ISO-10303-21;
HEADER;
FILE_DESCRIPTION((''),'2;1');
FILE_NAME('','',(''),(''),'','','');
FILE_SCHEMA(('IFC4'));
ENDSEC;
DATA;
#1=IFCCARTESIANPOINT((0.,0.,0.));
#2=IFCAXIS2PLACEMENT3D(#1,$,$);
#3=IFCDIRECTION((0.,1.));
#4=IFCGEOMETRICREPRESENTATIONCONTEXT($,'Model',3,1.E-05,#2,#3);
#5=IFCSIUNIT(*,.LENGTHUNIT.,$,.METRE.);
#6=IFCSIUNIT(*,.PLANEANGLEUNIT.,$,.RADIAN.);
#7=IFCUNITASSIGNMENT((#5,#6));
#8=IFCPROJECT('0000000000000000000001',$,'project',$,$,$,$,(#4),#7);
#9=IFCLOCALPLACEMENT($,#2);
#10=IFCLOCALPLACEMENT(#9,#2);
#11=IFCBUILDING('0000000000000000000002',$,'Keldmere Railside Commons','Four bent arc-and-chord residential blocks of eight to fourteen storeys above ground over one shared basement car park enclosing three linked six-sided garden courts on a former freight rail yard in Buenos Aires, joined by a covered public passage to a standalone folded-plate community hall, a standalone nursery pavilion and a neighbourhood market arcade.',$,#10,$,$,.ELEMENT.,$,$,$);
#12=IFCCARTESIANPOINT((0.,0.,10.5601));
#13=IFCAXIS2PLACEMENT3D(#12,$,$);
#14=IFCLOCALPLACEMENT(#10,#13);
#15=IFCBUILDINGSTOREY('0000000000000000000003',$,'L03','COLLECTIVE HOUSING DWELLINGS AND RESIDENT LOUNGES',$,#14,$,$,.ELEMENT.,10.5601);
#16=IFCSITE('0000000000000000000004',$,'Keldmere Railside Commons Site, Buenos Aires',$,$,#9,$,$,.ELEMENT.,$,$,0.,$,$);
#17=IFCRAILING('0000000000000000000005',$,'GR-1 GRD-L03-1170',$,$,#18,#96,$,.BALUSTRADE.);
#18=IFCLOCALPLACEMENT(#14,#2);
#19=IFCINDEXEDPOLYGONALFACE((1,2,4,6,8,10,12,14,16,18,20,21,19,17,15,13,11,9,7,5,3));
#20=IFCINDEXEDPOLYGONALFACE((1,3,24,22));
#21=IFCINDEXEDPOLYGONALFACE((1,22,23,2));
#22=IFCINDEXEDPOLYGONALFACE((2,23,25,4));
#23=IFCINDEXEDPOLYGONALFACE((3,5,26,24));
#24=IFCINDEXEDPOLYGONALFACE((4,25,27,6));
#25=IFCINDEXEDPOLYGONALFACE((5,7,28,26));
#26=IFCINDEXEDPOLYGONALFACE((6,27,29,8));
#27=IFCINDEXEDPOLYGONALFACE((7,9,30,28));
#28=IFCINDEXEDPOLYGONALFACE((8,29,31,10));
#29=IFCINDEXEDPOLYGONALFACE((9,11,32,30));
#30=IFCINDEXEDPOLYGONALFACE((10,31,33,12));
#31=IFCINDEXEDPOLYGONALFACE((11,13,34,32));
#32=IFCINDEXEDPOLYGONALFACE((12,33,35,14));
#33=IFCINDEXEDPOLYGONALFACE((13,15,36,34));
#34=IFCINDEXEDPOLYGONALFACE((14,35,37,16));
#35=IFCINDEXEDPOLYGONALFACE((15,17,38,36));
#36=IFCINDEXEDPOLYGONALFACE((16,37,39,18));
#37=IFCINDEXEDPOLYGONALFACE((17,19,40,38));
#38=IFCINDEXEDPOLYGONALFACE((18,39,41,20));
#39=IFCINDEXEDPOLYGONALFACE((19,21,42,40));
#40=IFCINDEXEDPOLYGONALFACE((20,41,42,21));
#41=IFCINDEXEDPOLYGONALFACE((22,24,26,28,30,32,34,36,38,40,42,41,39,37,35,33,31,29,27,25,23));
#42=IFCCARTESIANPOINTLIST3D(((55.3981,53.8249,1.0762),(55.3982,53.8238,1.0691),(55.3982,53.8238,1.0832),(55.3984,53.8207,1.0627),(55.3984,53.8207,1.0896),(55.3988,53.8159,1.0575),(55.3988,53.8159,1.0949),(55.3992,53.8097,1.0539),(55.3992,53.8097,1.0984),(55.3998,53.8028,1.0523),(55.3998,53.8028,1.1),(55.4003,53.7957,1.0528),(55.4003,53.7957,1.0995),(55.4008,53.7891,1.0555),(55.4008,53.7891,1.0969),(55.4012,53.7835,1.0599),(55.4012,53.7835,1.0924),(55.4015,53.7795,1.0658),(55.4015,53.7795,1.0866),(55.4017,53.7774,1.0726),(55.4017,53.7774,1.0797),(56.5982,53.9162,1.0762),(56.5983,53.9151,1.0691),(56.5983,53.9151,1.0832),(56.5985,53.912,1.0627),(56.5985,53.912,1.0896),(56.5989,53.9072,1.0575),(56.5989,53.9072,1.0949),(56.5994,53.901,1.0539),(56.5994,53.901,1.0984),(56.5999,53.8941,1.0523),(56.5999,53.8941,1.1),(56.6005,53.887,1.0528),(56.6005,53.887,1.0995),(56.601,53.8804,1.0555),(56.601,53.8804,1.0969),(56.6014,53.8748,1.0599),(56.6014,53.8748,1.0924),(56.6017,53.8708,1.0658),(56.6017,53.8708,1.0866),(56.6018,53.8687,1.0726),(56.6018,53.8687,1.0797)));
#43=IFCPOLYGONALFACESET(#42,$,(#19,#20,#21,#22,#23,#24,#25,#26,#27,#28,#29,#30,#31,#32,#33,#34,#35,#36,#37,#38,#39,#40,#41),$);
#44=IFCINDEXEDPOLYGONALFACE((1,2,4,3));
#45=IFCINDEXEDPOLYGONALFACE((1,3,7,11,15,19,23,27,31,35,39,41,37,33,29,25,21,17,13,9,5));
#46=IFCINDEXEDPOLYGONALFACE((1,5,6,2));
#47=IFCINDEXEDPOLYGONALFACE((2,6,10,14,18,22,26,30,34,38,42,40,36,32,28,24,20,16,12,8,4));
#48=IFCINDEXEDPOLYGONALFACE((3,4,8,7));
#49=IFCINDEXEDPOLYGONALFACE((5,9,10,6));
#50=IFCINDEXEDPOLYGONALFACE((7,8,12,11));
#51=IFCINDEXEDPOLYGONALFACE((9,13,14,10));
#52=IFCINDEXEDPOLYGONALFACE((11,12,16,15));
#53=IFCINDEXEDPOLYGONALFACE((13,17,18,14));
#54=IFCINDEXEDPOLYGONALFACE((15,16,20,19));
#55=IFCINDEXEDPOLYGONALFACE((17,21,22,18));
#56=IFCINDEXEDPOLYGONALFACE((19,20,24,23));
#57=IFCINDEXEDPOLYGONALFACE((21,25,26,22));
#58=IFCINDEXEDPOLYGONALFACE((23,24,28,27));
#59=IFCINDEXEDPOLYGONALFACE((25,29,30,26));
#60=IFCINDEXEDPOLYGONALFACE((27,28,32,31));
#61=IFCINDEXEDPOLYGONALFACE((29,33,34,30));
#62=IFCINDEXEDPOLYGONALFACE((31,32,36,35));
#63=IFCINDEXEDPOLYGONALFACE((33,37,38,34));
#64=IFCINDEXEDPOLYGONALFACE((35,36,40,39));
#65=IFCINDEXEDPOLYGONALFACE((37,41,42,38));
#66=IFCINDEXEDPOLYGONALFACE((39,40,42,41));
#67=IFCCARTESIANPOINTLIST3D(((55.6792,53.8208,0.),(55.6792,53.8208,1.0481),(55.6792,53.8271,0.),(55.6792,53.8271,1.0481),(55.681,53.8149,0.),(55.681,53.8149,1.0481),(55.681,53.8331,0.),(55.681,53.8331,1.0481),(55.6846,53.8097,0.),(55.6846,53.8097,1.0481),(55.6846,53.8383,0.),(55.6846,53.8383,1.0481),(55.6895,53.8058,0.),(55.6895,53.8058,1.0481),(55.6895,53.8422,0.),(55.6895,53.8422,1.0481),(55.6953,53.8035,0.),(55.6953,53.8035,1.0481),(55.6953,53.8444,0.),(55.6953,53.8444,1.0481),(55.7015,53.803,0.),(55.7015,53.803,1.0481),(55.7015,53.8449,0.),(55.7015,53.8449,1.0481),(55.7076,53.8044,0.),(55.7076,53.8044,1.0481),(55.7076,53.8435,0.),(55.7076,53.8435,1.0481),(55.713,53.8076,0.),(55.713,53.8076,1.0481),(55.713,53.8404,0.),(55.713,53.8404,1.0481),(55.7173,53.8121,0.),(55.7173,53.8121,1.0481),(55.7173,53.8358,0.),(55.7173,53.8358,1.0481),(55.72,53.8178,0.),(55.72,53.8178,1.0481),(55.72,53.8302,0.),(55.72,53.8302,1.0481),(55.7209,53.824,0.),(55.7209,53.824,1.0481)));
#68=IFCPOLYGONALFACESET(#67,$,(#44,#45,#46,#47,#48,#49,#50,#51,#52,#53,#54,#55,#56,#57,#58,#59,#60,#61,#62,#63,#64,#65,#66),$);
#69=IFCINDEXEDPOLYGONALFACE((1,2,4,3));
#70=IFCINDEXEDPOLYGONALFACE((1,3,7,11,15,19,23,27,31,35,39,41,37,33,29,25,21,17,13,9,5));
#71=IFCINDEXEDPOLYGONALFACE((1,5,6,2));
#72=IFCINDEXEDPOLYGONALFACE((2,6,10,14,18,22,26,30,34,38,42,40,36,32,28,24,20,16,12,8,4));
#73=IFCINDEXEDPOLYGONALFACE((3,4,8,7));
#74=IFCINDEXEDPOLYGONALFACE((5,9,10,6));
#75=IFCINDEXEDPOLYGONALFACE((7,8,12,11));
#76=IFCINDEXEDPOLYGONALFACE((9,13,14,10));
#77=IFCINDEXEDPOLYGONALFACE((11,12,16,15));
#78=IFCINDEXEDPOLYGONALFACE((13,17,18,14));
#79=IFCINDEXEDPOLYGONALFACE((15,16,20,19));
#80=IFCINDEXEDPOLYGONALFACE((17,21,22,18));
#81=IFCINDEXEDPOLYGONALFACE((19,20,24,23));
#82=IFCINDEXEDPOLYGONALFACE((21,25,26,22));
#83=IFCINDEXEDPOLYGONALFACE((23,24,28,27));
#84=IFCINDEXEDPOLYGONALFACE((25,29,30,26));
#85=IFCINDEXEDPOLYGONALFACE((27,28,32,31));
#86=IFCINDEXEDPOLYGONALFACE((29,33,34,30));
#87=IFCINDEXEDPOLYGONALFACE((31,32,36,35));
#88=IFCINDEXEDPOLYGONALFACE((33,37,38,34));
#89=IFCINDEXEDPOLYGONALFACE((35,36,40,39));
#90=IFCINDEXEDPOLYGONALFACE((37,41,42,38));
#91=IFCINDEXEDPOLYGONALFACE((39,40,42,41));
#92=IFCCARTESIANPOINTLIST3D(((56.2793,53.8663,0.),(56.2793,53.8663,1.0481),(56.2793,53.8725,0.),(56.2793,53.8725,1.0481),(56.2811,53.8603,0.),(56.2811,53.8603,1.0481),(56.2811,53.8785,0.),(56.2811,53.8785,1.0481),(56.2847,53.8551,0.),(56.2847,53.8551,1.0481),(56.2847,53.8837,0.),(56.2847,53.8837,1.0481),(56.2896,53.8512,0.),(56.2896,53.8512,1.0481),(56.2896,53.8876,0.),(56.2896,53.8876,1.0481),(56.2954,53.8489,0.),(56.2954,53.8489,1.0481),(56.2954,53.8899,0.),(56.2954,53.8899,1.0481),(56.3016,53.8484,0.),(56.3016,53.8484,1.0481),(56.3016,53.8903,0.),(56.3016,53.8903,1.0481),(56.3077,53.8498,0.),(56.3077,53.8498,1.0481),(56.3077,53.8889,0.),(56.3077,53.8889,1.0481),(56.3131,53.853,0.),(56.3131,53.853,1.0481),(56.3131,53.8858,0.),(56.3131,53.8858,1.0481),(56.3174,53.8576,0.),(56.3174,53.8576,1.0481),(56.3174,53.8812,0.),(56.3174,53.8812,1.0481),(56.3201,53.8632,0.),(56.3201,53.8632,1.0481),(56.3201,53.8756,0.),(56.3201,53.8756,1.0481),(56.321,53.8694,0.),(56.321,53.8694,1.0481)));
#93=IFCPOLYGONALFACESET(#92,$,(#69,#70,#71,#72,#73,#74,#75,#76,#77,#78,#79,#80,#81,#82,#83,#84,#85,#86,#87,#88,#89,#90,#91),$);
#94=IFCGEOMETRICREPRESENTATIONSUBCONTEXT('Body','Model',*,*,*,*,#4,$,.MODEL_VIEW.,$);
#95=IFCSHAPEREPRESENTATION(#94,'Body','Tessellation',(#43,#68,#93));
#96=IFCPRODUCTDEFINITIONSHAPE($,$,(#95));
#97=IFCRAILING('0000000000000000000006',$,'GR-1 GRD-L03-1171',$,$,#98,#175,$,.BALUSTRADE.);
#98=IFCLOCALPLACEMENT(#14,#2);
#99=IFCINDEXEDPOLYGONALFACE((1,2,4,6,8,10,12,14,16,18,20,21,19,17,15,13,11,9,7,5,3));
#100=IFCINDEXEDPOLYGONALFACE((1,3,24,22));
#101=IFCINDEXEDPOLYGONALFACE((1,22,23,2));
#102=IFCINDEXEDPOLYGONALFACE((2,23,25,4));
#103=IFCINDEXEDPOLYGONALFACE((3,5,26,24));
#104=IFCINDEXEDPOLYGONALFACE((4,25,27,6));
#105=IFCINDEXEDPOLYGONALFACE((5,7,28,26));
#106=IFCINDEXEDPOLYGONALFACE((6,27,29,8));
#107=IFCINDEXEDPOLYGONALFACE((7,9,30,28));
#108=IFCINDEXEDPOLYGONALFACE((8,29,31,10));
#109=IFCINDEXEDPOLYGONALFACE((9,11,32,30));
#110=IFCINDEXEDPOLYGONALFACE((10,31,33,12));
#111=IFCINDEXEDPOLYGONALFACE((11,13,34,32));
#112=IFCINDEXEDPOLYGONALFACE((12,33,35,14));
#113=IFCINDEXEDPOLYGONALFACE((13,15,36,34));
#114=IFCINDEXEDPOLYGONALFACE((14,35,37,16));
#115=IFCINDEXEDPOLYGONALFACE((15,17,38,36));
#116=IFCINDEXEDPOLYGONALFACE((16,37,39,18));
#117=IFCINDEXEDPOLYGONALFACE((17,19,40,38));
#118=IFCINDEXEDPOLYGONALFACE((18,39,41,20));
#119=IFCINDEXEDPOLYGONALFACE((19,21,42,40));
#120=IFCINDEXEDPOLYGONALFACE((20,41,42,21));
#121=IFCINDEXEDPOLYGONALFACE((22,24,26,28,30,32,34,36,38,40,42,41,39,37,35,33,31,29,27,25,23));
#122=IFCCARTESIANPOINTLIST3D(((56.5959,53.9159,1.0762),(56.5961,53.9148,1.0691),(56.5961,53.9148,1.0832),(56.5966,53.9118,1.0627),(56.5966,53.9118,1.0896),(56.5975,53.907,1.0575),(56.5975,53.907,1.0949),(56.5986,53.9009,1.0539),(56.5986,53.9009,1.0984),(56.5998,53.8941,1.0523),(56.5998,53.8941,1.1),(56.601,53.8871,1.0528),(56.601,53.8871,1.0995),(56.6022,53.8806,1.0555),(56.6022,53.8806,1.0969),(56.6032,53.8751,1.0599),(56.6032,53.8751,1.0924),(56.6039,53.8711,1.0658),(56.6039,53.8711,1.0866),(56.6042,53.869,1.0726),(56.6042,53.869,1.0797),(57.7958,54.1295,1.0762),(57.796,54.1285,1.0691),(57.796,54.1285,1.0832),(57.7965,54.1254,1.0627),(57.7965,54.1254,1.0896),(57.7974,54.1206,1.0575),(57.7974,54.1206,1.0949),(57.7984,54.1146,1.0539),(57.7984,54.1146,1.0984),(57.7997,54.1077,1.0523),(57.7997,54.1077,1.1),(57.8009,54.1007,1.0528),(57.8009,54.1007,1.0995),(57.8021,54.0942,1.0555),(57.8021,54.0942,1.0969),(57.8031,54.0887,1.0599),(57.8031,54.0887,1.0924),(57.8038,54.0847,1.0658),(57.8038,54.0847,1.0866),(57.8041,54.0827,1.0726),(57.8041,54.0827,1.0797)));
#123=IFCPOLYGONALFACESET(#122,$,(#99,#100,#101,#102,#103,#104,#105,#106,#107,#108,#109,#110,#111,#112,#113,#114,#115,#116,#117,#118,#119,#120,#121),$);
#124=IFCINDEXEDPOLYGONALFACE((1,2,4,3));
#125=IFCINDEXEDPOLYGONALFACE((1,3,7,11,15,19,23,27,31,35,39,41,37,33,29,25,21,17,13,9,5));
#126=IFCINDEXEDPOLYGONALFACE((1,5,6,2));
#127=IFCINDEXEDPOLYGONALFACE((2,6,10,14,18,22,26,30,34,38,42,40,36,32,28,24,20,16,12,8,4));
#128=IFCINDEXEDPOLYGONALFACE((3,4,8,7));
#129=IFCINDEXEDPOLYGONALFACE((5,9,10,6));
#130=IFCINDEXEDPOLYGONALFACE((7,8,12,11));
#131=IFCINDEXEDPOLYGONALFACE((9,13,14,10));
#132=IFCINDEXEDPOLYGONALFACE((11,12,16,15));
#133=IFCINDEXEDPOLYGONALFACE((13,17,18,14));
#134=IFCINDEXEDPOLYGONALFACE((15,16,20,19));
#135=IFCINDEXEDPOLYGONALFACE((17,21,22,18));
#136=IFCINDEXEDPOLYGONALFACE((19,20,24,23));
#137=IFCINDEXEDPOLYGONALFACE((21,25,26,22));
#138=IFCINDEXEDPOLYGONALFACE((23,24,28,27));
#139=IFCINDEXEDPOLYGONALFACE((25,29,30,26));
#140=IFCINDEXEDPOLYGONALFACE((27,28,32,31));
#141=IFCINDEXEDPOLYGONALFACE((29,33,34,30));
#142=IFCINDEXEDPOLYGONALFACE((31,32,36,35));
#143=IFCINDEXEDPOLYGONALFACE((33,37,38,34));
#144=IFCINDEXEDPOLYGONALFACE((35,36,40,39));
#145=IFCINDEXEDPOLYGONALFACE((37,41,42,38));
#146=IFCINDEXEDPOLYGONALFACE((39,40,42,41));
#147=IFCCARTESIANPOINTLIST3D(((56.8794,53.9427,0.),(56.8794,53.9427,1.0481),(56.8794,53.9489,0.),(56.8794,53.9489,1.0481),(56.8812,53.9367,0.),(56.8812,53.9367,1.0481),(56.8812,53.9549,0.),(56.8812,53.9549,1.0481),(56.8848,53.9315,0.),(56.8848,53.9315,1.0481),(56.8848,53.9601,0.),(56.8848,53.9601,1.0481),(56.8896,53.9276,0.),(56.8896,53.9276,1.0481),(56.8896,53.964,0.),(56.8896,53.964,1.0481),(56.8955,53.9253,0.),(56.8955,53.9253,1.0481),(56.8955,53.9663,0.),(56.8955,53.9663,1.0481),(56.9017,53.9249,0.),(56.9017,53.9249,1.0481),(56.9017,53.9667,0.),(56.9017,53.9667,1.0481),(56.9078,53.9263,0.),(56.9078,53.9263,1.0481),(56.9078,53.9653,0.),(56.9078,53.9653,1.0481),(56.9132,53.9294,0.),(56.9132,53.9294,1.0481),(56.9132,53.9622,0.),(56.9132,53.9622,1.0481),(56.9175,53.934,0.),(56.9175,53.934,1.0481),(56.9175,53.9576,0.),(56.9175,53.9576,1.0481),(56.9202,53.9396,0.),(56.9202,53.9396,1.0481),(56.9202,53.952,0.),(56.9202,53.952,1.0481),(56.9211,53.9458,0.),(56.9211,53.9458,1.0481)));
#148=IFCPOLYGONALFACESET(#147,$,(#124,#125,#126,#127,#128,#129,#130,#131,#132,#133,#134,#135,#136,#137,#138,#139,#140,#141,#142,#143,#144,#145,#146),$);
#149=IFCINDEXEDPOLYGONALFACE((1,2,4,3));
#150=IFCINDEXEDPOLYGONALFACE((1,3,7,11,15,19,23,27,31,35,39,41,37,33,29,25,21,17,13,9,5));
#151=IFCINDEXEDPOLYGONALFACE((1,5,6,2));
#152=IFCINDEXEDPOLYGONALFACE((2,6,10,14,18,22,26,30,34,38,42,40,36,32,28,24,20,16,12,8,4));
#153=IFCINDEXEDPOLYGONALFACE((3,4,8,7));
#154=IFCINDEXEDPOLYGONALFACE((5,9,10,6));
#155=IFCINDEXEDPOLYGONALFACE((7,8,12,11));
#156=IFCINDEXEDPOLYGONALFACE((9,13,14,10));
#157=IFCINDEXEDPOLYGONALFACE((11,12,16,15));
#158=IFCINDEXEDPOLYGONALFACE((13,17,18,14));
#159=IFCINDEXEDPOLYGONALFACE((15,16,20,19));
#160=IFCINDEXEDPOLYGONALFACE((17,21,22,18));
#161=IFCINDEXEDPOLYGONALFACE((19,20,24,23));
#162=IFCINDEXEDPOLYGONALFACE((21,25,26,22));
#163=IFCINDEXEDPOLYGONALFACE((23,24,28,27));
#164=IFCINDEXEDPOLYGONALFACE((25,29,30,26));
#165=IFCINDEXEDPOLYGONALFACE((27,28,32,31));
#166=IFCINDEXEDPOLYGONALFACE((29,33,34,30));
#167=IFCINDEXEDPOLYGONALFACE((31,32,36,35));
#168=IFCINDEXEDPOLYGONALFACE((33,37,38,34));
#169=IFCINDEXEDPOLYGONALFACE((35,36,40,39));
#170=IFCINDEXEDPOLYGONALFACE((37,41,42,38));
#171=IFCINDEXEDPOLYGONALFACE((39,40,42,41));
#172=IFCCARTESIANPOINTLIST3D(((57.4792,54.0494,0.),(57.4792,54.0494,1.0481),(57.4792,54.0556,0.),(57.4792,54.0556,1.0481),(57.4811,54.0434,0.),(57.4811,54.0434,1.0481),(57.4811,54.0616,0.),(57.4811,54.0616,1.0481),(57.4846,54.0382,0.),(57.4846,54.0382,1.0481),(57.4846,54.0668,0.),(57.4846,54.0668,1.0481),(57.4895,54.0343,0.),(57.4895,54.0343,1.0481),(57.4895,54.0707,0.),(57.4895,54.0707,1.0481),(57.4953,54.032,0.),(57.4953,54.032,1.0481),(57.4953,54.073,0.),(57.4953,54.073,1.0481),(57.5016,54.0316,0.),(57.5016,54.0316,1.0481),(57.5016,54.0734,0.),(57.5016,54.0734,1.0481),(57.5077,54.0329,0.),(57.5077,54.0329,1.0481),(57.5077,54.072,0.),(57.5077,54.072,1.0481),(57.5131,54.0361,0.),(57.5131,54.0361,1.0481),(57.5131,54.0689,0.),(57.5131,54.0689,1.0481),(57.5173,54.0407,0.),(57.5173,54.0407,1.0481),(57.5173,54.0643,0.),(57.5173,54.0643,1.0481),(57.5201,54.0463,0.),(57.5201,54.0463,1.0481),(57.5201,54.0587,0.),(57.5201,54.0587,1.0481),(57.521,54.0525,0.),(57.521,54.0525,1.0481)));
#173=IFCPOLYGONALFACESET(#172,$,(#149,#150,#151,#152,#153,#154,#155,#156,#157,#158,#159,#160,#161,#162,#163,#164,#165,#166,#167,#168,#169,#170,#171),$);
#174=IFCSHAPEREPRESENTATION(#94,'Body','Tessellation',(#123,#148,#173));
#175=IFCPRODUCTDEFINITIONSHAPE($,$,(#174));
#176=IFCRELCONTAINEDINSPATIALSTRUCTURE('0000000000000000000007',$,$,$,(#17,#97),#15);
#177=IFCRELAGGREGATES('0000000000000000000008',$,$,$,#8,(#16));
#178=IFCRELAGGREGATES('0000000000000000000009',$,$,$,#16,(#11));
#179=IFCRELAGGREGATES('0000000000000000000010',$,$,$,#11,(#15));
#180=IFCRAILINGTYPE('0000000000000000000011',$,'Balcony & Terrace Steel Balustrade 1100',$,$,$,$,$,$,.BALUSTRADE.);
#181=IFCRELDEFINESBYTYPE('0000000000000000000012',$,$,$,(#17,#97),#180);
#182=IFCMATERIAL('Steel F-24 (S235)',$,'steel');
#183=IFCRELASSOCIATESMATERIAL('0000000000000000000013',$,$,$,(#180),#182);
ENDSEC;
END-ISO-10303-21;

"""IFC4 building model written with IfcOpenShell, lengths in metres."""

from ifc_helpers import new_model, si_unit, direction, frame, origin, origin_2d, place, context, subcontext, project, spatial, circle, extrude, material, type_object, element, save


model = new_model("IFC4")

# Units and contexts
model_context = context("Model", 3, precision=1e-05, world=origin(), true_north=direction((0.0, 1.0)))
body_context = subcontext(model_context, "Body", "Model", "MODEL_VIEW")
ifc_project = project(units=[si_unit("LENGTHUNIT", "METRE"), si_unit("PLANEANGLEUNIT", "RADIAN")], contexts=[model_context])

# Site, building, storey
site_placement = place(None, origin())
site = spatial("IfcSite", under=ifc_project, at=site_placement, Name="Keldmere Railside Commons Site, Buenos Aires", CompositionType="ELEMENT", RefElevation=0.0)
building_placement = place(site_placement, origin())
building = spatial("IfcBuilding", under=site, at=building_placement, Name="Keldmere Railside Commons", Description="Four bent arc-and-chord residential blocks of eight to fourteen storeys above ground over one shared basement car park enclosing three linked six-sided garden courts on a former freight rail yard in Buenos Aires, joined by a covered public passage to a standalone folded-plate community hall, a standalone nursery pavilion and a neighbourhood market arcade.", CompositionType="ELEMENT")
storey_placement = place(building_placement, frame((0.0, 0.0, 10.5601)))
storey = spatial("IfcBuildingStorey", under=building, at=storey_placement, Name="L03", Description="COLLECTIVE HOUSING DWELLINGS AND RESIDENT LOUNGES", CompositionType="ELEMENT", Elevation=10.5601)

# Shared definitions
ifc_material_1 = material(Name="Steel F-24 (S235)", Category="steel")

# Railings
railing_type = type_object("IfcRailingType", Name="Balcony & Terrace Steel Balustrade 1100", PredefinedType="BALUSTRADE", material=ifc_material_1)
railing_1_placement = place(storey_placement, frame((55.3999, 53.801, 0.0)))
element("IfcRailing", 1, at=railing_1_placement, inside=storey, type_object=railing_type, Name="GR-1 GRD-L03-1170", PredefinedType="BALUSTRADE", context=body_context, shape_type="SweptSolid", body=[
    extrude(circle(Radius=0.0239, at=origin_2d()), frame((0.0, 0.0, 1.0762), z_axis=(0.997119, 0.075859, 0.0), x_axis=(-0.075859, 0.997119, 0.0)), (0.0, 0.0, 1.0), 1.2036),
    extrude(circle(Radius=0.021, at=origin_2d()), frame((0.3, 0.0229, 0.0)), (0.0, 0.0, 1.0), 1.0481),
    extrude(circle(Radius=0.021, at=origin_2d()), frame((0.9001, 0.0684, 0.0)), (0.0, 0.0, 1.0), 1.0481),
])
railing_2_placement = place(storey_placement, frame((56.6001, 53.8923, 0.0)))
element("IfcRailing", 2, at=railing_2_placement, inside=storey, type_object=railing_type, Name="GR-1 GRD-L03-1171", PredefinedType="BALUSTRADE", context=body_context, shape_type="SweptSolid", body=[
    extrude(circle(Radius=0.0239, at=origin_2d()), frame((0.0, 0.0, 1.0762), z_axis=(0.98452, 0.175271, 0.0), x_axis=(-0.175271, 0.98452, 0.0)), (0.0, 0.0, 1.0), 1.2188),
    extrude(circle(Radius=0.021, at=origin_2d()), frame((0.3, 0.0535, 0.0)), (0.0, 0.0, 1.0), 1.0481),
    extrude(circle(Radius=0.021, at=origin_2d()), frame((0.8999, 0.1602, 0.0)), (0.0, 0.0, 1.0), 1.0481),
])

save(model, "model.ifc")
